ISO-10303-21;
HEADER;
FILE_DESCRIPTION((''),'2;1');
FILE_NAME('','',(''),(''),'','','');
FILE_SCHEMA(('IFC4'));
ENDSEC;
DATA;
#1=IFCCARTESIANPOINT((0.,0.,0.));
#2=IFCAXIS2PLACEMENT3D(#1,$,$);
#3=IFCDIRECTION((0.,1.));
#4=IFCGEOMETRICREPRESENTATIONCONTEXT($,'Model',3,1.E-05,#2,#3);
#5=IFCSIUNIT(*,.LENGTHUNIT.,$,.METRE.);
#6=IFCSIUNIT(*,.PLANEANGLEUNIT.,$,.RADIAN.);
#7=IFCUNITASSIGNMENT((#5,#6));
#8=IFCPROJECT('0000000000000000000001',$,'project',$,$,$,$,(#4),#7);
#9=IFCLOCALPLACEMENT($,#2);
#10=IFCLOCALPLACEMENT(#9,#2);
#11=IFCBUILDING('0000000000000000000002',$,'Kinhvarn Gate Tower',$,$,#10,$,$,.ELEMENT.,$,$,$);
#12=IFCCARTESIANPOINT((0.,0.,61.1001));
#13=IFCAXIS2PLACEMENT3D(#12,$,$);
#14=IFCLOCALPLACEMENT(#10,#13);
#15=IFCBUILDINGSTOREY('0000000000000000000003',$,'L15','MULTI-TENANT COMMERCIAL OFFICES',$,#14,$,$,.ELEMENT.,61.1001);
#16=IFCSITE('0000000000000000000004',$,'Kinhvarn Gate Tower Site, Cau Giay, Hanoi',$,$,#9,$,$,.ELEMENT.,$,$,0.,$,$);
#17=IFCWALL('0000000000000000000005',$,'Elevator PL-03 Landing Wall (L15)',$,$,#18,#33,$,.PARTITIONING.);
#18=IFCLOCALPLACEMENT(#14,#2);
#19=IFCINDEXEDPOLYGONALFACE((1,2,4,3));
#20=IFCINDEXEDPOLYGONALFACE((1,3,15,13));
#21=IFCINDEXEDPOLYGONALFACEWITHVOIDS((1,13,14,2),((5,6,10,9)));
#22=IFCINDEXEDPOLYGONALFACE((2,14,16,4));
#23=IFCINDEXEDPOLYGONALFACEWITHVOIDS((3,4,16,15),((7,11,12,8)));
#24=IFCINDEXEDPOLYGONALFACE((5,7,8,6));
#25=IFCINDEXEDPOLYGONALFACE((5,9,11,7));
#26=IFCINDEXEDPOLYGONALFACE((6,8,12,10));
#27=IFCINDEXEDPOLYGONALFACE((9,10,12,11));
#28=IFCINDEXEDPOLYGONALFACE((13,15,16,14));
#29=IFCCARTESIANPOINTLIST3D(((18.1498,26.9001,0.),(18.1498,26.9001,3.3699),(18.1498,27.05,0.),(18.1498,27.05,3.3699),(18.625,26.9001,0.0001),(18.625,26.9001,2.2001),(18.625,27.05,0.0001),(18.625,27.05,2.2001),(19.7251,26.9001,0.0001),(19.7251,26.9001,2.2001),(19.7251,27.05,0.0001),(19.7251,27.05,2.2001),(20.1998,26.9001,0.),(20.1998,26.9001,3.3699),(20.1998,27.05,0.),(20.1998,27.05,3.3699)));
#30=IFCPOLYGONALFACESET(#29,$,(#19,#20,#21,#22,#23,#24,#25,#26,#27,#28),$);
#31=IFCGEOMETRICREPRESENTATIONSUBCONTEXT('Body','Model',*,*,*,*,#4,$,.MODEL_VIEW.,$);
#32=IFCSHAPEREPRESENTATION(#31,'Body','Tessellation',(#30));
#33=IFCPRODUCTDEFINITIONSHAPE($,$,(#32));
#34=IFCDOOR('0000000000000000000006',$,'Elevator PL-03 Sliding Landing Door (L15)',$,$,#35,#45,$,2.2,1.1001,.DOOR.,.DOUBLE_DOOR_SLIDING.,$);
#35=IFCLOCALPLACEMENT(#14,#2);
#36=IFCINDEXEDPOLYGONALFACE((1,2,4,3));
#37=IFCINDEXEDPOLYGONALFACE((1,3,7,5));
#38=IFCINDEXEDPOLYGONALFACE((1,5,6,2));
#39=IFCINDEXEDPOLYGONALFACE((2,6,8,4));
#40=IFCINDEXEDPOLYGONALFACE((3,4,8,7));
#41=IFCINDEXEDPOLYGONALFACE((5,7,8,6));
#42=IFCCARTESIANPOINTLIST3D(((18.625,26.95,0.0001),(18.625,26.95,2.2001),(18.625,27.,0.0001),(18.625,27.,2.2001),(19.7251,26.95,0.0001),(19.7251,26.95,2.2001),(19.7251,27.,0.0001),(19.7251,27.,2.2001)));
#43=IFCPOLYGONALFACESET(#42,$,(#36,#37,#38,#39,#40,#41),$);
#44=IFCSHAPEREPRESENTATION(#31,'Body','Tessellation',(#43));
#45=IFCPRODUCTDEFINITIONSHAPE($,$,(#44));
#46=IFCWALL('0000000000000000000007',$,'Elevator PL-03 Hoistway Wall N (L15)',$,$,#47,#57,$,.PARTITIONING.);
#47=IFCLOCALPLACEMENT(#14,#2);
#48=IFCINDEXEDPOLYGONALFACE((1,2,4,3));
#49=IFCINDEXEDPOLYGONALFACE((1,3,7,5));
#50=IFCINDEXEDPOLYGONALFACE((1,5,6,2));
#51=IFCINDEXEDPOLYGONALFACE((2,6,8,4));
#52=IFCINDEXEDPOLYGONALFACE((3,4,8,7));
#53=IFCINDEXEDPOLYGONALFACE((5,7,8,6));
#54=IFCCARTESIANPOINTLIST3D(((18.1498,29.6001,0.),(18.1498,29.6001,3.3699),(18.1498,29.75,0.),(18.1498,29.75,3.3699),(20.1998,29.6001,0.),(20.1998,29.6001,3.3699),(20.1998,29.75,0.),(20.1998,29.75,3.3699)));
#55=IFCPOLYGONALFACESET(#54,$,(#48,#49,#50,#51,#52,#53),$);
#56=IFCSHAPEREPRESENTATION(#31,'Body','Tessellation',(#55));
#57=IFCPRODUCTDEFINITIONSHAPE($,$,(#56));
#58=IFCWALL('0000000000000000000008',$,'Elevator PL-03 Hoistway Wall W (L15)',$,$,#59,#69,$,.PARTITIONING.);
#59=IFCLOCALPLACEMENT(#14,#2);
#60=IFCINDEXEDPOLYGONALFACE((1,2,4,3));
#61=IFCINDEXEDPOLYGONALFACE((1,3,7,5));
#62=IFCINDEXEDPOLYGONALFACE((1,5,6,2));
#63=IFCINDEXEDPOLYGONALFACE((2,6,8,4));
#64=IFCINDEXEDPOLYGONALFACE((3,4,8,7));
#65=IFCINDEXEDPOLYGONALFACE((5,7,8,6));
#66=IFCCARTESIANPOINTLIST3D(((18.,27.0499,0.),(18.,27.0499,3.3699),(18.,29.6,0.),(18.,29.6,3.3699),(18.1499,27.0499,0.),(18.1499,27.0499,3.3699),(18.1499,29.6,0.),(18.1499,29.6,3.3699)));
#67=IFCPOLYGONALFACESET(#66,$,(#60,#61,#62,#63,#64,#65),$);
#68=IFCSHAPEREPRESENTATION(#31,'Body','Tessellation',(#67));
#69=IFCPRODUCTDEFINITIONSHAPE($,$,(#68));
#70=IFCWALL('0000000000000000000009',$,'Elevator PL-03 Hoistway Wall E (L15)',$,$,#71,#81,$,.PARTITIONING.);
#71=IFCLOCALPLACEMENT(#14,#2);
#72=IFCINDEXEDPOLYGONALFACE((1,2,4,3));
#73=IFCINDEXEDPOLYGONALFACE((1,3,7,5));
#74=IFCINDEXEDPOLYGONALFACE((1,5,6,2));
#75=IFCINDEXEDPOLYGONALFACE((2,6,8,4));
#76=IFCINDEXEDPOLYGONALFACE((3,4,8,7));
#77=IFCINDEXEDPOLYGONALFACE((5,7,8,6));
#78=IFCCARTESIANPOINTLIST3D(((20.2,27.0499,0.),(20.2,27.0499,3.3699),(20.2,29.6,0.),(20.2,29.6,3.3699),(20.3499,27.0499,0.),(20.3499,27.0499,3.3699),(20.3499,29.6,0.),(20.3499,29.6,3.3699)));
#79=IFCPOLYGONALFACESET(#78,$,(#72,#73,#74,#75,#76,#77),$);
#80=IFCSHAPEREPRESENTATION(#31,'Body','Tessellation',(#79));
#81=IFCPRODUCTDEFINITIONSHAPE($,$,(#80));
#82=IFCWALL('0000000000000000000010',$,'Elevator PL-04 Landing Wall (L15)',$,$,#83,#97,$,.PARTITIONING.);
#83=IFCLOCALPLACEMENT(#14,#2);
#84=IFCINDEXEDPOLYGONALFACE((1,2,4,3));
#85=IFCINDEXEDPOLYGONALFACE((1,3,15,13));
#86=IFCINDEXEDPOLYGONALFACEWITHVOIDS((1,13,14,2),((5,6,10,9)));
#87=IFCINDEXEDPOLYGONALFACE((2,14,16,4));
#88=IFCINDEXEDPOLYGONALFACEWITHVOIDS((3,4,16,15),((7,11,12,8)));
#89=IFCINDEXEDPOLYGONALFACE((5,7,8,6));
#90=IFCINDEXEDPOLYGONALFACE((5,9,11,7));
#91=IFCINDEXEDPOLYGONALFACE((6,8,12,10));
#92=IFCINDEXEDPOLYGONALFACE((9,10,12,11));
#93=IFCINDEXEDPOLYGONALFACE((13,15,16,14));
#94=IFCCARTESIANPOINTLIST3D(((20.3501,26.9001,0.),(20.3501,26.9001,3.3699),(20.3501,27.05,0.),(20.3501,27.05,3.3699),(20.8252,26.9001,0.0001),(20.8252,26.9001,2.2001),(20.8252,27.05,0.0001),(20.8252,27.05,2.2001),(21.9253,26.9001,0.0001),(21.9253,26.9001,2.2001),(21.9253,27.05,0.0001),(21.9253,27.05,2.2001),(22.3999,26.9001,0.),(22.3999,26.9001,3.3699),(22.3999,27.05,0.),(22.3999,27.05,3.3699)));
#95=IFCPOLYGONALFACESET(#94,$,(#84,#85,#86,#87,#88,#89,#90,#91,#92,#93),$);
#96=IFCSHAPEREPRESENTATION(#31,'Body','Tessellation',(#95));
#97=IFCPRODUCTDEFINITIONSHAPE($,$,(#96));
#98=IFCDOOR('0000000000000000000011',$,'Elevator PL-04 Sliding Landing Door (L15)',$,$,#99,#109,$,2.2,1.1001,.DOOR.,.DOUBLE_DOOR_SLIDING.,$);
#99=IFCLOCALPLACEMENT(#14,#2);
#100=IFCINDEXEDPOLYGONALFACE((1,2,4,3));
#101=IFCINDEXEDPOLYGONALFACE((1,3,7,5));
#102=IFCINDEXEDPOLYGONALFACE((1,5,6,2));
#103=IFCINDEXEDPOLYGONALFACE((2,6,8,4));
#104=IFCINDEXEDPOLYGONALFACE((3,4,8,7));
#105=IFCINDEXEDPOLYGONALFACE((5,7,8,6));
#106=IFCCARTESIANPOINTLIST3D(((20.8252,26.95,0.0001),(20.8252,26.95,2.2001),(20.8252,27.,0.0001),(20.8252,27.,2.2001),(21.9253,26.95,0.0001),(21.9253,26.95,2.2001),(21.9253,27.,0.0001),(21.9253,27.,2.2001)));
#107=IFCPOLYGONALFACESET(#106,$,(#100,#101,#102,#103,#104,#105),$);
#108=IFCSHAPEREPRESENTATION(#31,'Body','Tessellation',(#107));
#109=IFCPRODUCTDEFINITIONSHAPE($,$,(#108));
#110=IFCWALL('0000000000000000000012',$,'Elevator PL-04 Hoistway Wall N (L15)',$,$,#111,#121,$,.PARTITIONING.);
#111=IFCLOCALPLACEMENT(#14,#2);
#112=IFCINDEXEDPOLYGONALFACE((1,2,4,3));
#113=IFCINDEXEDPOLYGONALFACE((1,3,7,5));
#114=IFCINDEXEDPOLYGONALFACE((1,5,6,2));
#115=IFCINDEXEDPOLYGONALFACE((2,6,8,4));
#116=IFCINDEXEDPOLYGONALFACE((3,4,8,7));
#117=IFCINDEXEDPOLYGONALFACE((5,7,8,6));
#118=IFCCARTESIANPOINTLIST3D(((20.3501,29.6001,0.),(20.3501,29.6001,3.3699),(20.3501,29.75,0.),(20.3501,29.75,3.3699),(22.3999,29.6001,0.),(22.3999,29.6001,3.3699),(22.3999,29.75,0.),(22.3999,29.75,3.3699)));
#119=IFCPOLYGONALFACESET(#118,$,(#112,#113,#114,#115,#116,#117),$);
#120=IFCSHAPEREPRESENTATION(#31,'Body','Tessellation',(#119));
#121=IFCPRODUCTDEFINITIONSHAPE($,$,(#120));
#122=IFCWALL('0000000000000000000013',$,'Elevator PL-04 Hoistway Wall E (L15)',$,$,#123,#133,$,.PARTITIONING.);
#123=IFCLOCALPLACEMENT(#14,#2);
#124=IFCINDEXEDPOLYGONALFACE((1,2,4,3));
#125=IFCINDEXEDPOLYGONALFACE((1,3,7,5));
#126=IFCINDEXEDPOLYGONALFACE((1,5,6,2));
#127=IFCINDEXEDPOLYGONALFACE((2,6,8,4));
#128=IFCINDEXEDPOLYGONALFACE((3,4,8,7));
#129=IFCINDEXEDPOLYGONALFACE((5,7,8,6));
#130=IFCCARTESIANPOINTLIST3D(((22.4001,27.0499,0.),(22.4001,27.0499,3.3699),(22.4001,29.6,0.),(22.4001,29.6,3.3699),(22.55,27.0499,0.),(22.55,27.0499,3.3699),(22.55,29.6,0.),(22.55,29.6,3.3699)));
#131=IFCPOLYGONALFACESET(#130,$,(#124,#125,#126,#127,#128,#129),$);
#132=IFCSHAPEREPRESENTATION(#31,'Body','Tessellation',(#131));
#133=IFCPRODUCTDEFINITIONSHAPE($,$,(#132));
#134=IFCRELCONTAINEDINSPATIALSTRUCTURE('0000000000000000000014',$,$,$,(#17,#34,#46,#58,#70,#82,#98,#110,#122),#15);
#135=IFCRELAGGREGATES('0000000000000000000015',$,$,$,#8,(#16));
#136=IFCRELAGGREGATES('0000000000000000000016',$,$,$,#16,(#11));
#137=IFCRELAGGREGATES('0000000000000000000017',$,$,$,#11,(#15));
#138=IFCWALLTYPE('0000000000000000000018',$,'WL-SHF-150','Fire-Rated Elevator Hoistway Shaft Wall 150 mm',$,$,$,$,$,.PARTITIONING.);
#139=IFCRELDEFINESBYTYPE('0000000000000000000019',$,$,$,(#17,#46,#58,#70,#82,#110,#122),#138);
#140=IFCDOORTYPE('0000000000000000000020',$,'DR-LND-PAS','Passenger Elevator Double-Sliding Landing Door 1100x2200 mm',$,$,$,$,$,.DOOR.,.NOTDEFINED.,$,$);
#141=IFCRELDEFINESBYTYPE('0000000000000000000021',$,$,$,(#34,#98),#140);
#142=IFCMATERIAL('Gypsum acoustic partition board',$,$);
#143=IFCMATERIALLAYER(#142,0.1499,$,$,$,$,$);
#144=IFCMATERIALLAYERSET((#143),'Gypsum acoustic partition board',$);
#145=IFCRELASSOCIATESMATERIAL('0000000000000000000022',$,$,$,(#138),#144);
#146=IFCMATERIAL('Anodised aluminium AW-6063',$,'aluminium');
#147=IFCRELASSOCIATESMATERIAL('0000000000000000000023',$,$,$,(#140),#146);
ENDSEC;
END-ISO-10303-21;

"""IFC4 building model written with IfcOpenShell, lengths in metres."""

from ifc_helpers import new_model, si_unit, direction, frame, frame_2d, origin, place, context, subcontext, project, spatial, rectangle, extrude, material, layer, layer_set, type_object, element, fill, save


model = new_model("IFC4")

# Units and contexts
model_context = context("Model", 3, precision=1e-05, world=origin(), true_north=direction((0.0, 1.0)))
body_context = subcontext(model_context, "Body", "Model", "MODEL_VIEW")
ifc_project = project(units=[si_unit("LENGTHUNIT", "METRE"), si_unit("PLANEANGLEUNIT", "RADIAN")], contexts=[model_context])

# Site, building, storey
site_placement = place(None, origin())
site = spatial("IfcSite", under=ifc_project, at=site_placement, Name="Kinhvarn Gate Tower Site, Cau Giay, Hanoi", CompositionType="ELEMENT", RefElevation=0.0)
building_placement = place(site_placement, origin())
building = spatial("IfcBuilding", under=site, at=building_placement, Name="Kinhvarn Gate Tower", CompositionType="ELEMENT")
storey_placement = place(building_placement, frame((0.0, 0.0, 61.1001)))
storey = spatial("IfcBuildingStorey", under=building, at=storey_placement, Name="L15", Description="MULTI-TENANT COMMERCIAL OFFICES", CompositionType="ELEMENT", Elevation=61.1001)

# Shared definitions
ifc_material_1 = material(Name="Anodised aluminium AW-6063", Category="aluminium")
ifc_material_2 = material(Name="Gypsum acoustic partition board")

# Wall, opening, door
ifc_layer_1 = layer(ifc_material_2, 0.1499)
ifc_layer_set_1 = layer_set([ifc_layer_1], Name="Gypsum acoustic partition board")
wall_type_1 = type_object("IfcWallType", Name="WL-SHF-150", Description="Fire-Rated Elevator Hoistway Shaft Wall 150 mm", PredefinedType="PARTITIONING", material=ifc_layer_set_1)
wall_1_placement = place(storey_placement, frame((18.1499, 26.9751, 0.0), z_axis=(0.0, 0.0, 1.0), x_axis=(1.0, 0.0, 0.0)))
wall_1 = element("IfcWall", 1, at=wall_1_placement, inside=storey, type_object=wall_type_1, Name="Elevator PL-03 Landing Wall (L15)", PredefinedType="PARTITIONING", context=body_context, shape_type="SweptSolid", body=[
    extrude(rectangle(XDim=2.05, YDim=0.1499, at=frame_2d((1.0249, 0.0))), origin(), (0.0, 0.0, 1.0), 3.3699),
])
opening_1_placement = place(wall_1_placement, frame((0.4751, 0.0, 0.0)))
opening_1 = element("IfcOpeningElement", 2, at=opening_1_placement, cuts=wall_1, PredefinedType="OPENING", context=body_context, shape_type="SweptSolid", body=[
    extrude(rectangle(XDim=1.1001, YDim=2.2, at=frame_2d((0.55, 1.1001))), frame((0.0, 0.085, 0.0), z_axis=(0.0, -1.0, 0.0), x_axis=(1.0, 0.0, 0.0)), (0.0, 0.0, 1.0), 0.1699),
])
door_type_1 = type_object("IfcDoorType", Name="DR-LND-PAS", Description="Passenger Elevator Double-Sliding Landing Door 1100x2200 mm", OperationType="NOTDEFINED", PredefinedType="DOOR", material=ifc_material_1)
door_1_placement = place(opening_1_placement, origin())
door_1 = element("IfcDoor", 3, at=door_1_placement, inside=storey, type_object=door_type_1, Name="Elevator PL-03 Sliding Landing Door (L15)", OperationType="DOUBLE_DOOR_SLIDING", OverallHeight=2.2, OverallWidth=1.1001, PredefinedType="DOOR", context=body_context, shape_type="SweptSolid", body=[
    extrude(rectangle(XDim=1.1001, YDim=2.2, at=frame_2d((0.55, 1.1001))), frame((0.0, 0.0249, 0.0), z_axis=(0.0, -1.0, 0.0), x_axis=(1.0, 0.0, 0.0)), (0.0, 0.0, 1.0), 0.05),
])
fill(opening_1, door_1)

# Walls
wall_2_placement = place(storey_placement, frame((18.1499, 29.675, 0.0), z_axis=(0.0, 0.0, 1.0), x_axis=(1.0, 0.0, 0.0)))
element("IfcWall", 4, at=wall_2_placement, inside=storey, type_object=wall_type_1, Name="Elevator PL-03 Hoistway Wall N (L15)", PredefinedType="PARTITIONING", context=body_context, shape_type="SweptSolid", body=[
    extrude(rectangle(XDim=2.05, YDim=0.1499, at=frame_2d((1.0249, 0.0))), origin(), (0.0, 0.0, 1.0), 3.3699),
])
for number, where, z_axis, x_axis, name in (
    (5, (18.075, 27.05, 0.0), (0.0, 0.0, 1.0), (0.0, 1.0, 0.0), "Elevator PL-03 Hoistway Wall W (L15)"),
    (6, (20.2749, 27.05, 0.0), (0.0, 0.0, 1.0), (0.0, 1.0, 0.0), "Elevator PL-03 Hoistway Wall E (L15)"),
):
    element("IfcWall", number, at=place(storey_placement, frame(where, z_axis=z_axis, x_axis=x_axis)), inside=storey, type_object=wall_type_1, Name=name, PredefinedType="PARTITIONING", context=body_context, shape_type="SweptSolid", body=[
        extrude(rectangle(XDim=2.55, YDim=0.1499, at=frame_2d((1.2749, 0.0))), origin(), (0.0, 0.0, 1.0), 3.3699),
    ])

# Wall, opening, door
wall_3_placement = place(storey_placement, frame((20.3501, 26.9751, 0.0), z_axis=(0.0, 0.0, 1.0), x_axis=(1.0, 0.0, 0.0)))
wall_3 = element("IfcWall", 7, at=wall_3_placement, inside=storey, type_object=wall_type_1, Name="Elevator PL-04 Landing Wall (L15)", PredefinedType="PARTITIONING", context=body_context, shape_type="SweptSolid", body=[
    extrude(rectangle(XDim=2.0498, YDim=0.1499, at=frame_2d((1.0249, 0.0))), origin(), (0.0, 0.0, 1.0), 3.3699),
])
opening_2_placement = place(wall_3_placement, frame((0.4751, 0.0, 0.0)))
opening_2 = element("IfcOpeningElement", 8, at=opening_2_placement, cuts=wall_3, PredefinedType="OPENING", context=body_context, shape_type="SweptSolid", body=[
    extrude(rectangle(XDim=1.1001, YDim=2.2, at=frame_2d((0.55, 1.1001))), frame((0.0, 0.085, 0.0), z_axis=(0.0, -1.0, 0.0), x_axis=(1.0, 0.0, 0.0)), (0.0, 0.0, 1.0), 0.1699),
])
door_2_placement = place(opening_2_placement, origin())
door_2 = element("IfcDoor", 9, at=door_2_placement, inside=storey, type_object=door_type_1, Name="Elevator PL-04 Sliding Landing Door (L15)", OperationType="DOUBLE_DOOR_SLIDING", OverallHeight=2.2, OverallWidth=1.1001, PredefinedType="DOOR", context=body_context, shape_type="SweptSolid", body=[
    extrude(rectangle(XDim=1.1001, YDim=2.2, at=frame_2d((0.55, 1.1001))), frame((0.0, 0.0249, 0.0), z_axis=(0.0, -1.0, 0.0), x_axis=(1.0, 0.0, 0.0)), (0.0, 0.0, 1.0), 0.05),
])
fill(opening_2, door_2)

# Walls
wall_4_placement = place(storey_placement, frame((20.3501, 29.675, 0.0), z_axis=(0.0, 0.0, 1.0), x_axis=(1.0, 0.0, 0.0)))
element("IfcWall", 10, at=wall_4_placement, inside=storey, type_object=wall_type_1, Name="Elevator PL-04 Hoistway Wall N (L15)", PredefinedType="PARTITIONING", context=body_context, shape_type="SweptSolid", body=[
    extrude(rectangle(XDim=2.0498, YDim=0.1499, at=frame_2d((1.0249, 0.0))), origin(), (0.0, 0.0, 1.0), 3.3699),
])
wall_5_placement = place(storey_placement, frame((22.4751, 27.05, 0.0), z_axis=(0.0, 0.0, 1.0), x_axis=(0.0, 1.0, 0.0)))
element("IfcWall", 11, at=wall_5_placement, inside=storey, type_object=wall_type_1, Name="Elevator PL-04 Hoistway Wall E (L15)", PredefinedType="PARTITIONING", context=body_context, shape_type="SweptSolid", body=[
    extrude(rectangle(XDim=2.55, YDim=0.1499, at=frame_2d((1.2749, 0.0))), origin(), (0.0, 0.0, 1.0), 3.3699),
])

save(model, "model.ifc")
